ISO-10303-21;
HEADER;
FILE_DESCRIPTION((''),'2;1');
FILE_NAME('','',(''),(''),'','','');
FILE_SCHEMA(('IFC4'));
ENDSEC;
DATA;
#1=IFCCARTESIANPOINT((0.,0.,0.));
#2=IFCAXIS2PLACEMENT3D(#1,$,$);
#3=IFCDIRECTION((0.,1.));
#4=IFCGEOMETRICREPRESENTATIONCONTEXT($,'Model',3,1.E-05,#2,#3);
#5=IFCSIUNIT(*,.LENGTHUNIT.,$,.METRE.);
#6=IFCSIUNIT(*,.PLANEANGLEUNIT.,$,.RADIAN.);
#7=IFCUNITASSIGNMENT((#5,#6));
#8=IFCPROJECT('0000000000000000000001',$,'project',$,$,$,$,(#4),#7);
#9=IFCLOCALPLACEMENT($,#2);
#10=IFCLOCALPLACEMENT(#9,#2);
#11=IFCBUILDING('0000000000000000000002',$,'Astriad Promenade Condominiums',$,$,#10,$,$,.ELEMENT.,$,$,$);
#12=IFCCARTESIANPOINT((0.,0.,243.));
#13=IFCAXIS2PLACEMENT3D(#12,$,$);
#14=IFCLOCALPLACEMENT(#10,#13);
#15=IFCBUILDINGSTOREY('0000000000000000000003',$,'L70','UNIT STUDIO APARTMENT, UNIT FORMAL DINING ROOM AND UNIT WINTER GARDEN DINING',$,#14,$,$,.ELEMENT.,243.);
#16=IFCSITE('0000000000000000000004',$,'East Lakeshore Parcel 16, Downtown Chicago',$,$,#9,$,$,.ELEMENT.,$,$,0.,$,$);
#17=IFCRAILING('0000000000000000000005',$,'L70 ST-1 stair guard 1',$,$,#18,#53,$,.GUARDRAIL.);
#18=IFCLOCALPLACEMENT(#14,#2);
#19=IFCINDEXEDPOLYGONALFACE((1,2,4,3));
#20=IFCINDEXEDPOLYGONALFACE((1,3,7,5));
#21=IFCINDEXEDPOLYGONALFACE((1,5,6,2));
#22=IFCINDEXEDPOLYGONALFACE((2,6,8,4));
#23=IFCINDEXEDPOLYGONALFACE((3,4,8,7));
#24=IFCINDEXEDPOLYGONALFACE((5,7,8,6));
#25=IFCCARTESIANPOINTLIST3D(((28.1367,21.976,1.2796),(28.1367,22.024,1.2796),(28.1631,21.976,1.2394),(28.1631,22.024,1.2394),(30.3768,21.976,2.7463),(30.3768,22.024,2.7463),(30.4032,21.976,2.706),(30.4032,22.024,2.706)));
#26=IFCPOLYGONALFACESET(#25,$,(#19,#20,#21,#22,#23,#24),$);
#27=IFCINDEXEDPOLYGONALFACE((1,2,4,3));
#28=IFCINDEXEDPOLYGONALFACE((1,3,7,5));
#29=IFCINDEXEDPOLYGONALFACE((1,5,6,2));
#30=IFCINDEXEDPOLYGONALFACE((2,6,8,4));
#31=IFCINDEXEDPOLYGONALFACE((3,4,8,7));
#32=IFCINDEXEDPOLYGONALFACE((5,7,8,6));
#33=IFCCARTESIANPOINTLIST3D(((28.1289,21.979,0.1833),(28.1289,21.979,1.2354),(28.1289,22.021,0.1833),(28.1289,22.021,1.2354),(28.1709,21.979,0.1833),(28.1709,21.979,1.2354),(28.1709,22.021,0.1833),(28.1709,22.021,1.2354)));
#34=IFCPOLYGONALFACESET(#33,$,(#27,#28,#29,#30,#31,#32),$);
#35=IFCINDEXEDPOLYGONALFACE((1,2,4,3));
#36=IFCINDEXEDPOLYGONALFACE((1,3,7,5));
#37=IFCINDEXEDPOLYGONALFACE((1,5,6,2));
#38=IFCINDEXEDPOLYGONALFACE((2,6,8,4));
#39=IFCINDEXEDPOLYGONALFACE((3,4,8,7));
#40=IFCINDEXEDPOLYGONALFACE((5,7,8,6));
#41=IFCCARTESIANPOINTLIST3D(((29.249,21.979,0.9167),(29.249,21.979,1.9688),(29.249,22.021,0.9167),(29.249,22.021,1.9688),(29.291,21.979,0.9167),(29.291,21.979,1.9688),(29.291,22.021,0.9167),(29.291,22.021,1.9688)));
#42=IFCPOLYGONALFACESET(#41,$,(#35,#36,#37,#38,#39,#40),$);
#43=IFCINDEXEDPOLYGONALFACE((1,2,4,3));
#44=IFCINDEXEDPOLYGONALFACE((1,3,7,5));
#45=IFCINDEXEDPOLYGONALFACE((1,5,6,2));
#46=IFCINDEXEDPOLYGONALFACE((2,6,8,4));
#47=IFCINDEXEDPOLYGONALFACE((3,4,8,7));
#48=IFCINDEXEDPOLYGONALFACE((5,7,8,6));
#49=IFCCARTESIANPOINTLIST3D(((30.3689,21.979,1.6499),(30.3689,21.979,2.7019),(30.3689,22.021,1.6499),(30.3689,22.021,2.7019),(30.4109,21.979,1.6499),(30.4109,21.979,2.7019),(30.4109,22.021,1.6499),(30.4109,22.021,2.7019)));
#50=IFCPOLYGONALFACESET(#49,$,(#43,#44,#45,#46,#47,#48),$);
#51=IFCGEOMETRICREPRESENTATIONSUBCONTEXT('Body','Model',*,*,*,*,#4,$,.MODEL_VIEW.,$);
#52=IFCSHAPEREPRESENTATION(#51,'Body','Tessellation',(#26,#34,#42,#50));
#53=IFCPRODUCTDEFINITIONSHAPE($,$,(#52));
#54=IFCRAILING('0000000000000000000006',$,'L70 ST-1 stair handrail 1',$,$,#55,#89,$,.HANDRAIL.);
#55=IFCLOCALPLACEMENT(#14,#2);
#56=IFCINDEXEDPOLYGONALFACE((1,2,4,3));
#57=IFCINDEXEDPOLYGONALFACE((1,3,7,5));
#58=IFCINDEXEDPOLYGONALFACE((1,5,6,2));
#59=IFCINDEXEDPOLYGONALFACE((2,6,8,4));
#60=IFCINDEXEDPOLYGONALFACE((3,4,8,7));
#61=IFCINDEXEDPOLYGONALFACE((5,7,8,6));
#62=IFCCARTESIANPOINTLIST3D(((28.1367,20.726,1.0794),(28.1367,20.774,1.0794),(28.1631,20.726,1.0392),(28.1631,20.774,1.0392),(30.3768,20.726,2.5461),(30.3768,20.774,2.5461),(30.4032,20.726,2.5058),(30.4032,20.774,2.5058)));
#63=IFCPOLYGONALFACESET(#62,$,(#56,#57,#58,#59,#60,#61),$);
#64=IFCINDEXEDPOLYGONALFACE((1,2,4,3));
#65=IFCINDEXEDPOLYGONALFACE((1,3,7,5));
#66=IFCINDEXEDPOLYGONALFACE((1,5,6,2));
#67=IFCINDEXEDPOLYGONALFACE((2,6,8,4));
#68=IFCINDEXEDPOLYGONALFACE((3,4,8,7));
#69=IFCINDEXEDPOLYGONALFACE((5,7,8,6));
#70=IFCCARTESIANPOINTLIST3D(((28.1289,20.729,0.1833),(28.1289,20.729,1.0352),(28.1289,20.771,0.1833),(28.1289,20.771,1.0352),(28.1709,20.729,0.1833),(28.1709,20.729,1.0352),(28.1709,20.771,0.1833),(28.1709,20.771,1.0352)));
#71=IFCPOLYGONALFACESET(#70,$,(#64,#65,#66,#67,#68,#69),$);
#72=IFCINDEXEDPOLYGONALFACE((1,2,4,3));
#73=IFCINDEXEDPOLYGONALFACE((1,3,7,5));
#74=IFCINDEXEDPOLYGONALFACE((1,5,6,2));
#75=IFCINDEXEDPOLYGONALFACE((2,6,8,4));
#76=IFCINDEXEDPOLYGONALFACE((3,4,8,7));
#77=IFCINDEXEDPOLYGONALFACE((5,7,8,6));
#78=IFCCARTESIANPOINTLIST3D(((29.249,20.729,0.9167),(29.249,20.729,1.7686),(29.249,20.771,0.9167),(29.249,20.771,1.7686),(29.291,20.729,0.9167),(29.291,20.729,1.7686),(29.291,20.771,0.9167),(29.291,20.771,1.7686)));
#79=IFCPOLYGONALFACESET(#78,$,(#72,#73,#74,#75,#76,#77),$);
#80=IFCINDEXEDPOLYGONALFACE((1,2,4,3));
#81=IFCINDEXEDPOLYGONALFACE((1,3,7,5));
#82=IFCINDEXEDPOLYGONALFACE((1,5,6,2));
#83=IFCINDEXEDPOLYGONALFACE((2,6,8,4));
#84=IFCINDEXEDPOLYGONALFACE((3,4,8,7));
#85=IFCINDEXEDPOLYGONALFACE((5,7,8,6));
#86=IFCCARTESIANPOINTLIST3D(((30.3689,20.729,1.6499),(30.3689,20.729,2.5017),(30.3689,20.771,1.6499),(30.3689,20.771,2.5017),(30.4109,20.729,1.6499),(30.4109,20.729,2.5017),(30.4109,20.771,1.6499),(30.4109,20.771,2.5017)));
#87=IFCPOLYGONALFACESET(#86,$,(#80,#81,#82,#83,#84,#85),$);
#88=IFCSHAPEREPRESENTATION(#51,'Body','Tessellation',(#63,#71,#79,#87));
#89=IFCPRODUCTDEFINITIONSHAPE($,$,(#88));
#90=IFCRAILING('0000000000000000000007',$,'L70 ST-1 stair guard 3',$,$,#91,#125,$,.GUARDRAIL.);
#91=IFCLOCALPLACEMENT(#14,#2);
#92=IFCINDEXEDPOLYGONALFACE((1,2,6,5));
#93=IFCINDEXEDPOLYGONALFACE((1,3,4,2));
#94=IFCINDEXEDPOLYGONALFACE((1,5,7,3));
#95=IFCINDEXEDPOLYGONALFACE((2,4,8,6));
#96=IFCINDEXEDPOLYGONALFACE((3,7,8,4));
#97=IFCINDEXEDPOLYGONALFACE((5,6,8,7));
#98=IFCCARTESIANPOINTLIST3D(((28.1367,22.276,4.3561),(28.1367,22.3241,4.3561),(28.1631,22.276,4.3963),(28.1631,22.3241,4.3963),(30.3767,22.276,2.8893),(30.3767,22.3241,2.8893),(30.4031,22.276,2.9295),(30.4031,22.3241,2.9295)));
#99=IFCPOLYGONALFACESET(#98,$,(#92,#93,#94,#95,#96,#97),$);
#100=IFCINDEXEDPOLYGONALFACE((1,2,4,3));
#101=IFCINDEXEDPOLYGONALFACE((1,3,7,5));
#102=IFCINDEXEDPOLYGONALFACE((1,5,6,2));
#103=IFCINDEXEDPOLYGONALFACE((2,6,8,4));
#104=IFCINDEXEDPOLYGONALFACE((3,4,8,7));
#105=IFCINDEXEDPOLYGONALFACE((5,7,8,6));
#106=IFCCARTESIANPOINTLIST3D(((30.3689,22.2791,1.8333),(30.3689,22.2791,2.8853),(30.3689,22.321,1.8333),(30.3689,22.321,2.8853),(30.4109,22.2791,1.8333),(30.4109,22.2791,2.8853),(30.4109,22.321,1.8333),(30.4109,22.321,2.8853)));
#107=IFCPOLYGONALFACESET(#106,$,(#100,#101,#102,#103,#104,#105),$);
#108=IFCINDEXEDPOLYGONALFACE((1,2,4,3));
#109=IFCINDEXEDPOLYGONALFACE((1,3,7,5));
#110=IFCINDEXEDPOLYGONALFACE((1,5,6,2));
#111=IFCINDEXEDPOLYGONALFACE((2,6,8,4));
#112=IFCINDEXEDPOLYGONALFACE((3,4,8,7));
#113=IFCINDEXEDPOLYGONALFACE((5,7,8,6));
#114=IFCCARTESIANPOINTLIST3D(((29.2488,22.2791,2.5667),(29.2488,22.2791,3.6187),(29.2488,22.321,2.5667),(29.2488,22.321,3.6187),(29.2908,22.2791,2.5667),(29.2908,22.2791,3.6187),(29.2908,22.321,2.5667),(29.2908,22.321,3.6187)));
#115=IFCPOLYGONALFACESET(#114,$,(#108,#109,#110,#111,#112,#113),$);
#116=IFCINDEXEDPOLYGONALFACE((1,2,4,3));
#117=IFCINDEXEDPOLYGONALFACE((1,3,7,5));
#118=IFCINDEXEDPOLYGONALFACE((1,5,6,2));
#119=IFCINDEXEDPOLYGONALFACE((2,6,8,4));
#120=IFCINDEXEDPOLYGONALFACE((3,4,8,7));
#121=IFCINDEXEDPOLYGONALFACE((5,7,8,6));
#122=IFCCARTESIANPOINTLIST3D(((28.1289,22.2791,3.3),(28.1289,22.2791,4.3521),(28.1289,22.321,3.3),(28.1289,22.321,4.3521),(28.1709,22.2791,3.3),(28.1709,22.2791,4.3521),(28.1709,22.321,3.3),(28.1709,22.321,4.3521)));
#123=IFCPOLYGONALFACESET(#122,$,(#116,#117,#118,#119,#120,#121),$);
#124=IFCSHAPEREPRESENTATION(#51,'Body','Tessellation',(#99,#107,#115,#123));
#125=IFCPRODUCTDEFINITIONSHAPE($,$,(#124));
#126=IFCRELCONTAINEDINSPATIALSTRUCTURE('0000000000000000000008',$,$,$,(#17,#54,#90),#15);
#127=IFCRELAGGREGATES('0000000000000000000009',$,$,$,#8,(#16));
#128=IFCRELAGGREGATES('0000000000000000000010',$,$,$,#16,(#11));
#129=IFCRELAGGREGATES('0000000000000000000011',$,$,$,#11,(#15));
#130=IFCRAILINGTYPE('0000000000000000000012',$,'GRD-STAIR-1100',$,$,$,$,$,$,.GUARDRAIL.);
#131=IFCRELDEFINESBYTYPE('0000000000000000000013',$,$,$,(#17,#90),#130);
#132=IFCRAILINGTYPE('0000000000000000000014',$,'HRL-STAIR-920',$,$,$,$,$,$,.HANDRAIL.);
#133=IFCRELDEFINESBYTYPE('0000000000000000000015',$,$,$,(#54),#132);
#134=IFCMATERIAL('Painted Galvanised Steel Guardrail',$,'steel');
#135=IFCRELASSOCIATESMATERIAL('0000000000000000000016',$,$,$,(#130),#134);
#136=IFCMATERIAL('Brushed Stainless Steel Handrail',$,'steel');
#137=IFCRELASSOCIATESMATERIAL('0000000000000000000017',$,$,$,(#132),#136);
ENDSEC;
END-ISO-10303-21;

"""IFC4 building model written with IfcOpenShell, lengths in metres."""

from ifc_helpers import new_model, si_unit, direction, frame, origin, origin_2d, place, context, subcontext, project, spatial, rectangle, extrude, source, transform, mapped, material, type_object, type_shapes, element, save


model = new_model("IFC4")

# Units and contexts
model_context = context("Model", 3, precision=1e-05, world=origin(), true_north=direction((0.0, 1.0)))
body_context = subcontext(model_context, "Body", "Model", "MODEL_VIEW")
ifc_project = project(units=[si_unit("LENGTHUNIT", "METRE"), si_unit("PLANEANGLEUNIT", "RADIAN")], contexts=[model_context])

# Site, building, storey
site_placement = place(None, origin())
site = spatial("IfcSite", under=ifc_project, at=site_placement, Name="East Lakeshore Parcel 16, Downtown Chicago", CompositionType="ELEMENT", RefElevation=0.0)
building_placement = place(site_placement, origin())
building = spatial("IfcBuilding", under=site, at=building_placement, Name="Astriad Promenade Condominiums", CompositionType="ELEMENT")
storey_placement = place(building_placement, frame((0.0, 0.0, 243.0)))
storey = spatial("IfcBuildingStorey", under=building, at=storey_placement, Name="L70", Description="UNIT STUDIO APARTMENT, UNIT FORMAL DINING ROOM AND UNIT WINTER GARDEN DINING", CompositionType="ELEMENT", Elevation=243.0)

# Railings
ifc_material_1 = material(Name="Painted Galvanised Steel Guardrail", Category="steel")
railing_type_1 = type_object("IfcRailingType", Name="GRD-STAIR-1100", PredefinedType="GUARDRAIL", material=ifc_material_1)
shared_shape_1 = source(origin(), body_context, "Body", "SweptSolid", [
    extrude(rectangle(XDim=0.0481, YDim=0.0481, at=origin_2d()), frame((0.0, 0.0, 1.0762), z_axis=(0.836637, 0.0, 0.547758), x_axis=(0.0, 1.0, 0.0)), (0.0, 0.0, 1.0), 2.6775),
    extrude(rectangle(XDim=0.042, YDim=0.042, at=origin_2d()), origin(), (0.0, 0.0, 1.0), 1.052),
    extrude(rectangle(XDim=0.042, YDim=0.042, at=origin_2d()), frame((1.1201, 0.0, 0.7334)), (0.0, 0.0, 1.0), 1.052),
    extrude(rectangle(XDim=0.042, YDim=0.042, at=origin_2d()), frame((2.24, 0.0, 1.4666)), (0.0, 0.0, 1.0), 1.052),
])
railing_1_placement = place(storey_placement, frame((28.1499, 22.0, 0.1833)))
element("IfcRailing", 1, at=railing_1_placement, inside=storey, type_object=railing_type_1, Name="L70 ST-1 stair guard 1", PredefinedType="GUARDRAIL", context=body_context, shape_type="MappedRepresentation", body=[
    mapped(shared_shape_1, transform((0.0, 0.0, 0.0), scale=1.0)),
])
ifc_material_2 = material(Name="Brushed Stainless Steel Handrail", Category="steel")
railing_type_2 = type_object("IfcRailingType", Name="HRL-STAIR-920", PredefinedType="HANDRAIL", material=ifc_material_2)
shared_shape_2 = source(origin(), body_context, "Body", "SweptSolid", [
    extrude(rectangle(XDim=0.0481, YDim=0.0481, at=origin_2d()), frame((0.0, 0.0, 0.876), z_axis=(0.836637, 0.0, 0.547758), x_axis=(0.0, 1.0, 0.0)), (0.0, 0.0, 1.0), 2.6775),
    extrude(rectangle(XDim=0.042, YDim=0.042, at=origin_2d()), origin(), (0.0, 0.0, 1.0), 0.8518),
    extrude(rectangle(XDim=0.042, YDim=0.042, at=origin_2d()), frame((1.1201, 0.0, 0.7334)), (0.0, 0.0, 1.0), 0.8518),
    extrude(rectangle(XDim=0.042, YDim=0.042, at=origin_2d()), frame((2.24, 0.0, 1.4666)), (0.0, 0.0, 1.0), 0.8518),
])
type_shapes(railing_type_2, [shared_shape_2])
railing_2_placement = place(storey_placement, frame((28.1499, 20.75, 0.1833)))
element("IfcRailing", 2, at=railing_2_placement, inside=storey, type_object=railing_type_2, Name="L70 ST-1 stair handrail 1", PredefinedType="HANDRAIL", context=body_context, shape_type="MappedRepresentation", body=[
    mapped(shared_shape_2, transform((0.0, 0.0, 0.0), scale=1.0)),
])
shared_shape_3 = source(origin(), body_context, "Body", "SweptSolid", [
    extrude(rectangle(XDim=0.0481, YDim=0.0481, at=origin_2d()), frame((0.0, 0.0, 1.0762), z_axis=(-0.836595, 0.0, 0.547822), x_axis=(0.0, -1.0, 0.0)), (0.0, 0.0, 1.0), 2.6775),
    extrude(rectangle(XDim=0.042, YDim=0.042, at=origin_2d()), origin(), (0.0, 0.0, 1.0), 1.052),
    extrude(rectangle(XDim=0.042, YDim=0.042, at=origin_2d()), frame((-1.1201, 0.0, 0.7334)), (0.0, 0.0, 1.0), 1.052),
    extrude(rectangle(XDim=0.042, YDim=0.042, at=origin_2d()), frame((-2.24, 0.0, 1.4668)), (0.0, 0.0, 1.0), 1.052),
])
railing_3_placement = place(storey_placement, frame((30.3899, 22.3, 1.8333)))
element("IfcRailing", 3, at=railing_3_placement, inside=storey, type_object=railing_type_1, Name="L70 ST-1 stair guard 3", PredefinedType="GUARDRAIL", context=body_context, shape_type="MappedRepresentation", body=[
    mapped(shared_shape_3, transform((0.0, 0.0, 0.0), scale=1.0)),
])

save(model, "model.ifc")
